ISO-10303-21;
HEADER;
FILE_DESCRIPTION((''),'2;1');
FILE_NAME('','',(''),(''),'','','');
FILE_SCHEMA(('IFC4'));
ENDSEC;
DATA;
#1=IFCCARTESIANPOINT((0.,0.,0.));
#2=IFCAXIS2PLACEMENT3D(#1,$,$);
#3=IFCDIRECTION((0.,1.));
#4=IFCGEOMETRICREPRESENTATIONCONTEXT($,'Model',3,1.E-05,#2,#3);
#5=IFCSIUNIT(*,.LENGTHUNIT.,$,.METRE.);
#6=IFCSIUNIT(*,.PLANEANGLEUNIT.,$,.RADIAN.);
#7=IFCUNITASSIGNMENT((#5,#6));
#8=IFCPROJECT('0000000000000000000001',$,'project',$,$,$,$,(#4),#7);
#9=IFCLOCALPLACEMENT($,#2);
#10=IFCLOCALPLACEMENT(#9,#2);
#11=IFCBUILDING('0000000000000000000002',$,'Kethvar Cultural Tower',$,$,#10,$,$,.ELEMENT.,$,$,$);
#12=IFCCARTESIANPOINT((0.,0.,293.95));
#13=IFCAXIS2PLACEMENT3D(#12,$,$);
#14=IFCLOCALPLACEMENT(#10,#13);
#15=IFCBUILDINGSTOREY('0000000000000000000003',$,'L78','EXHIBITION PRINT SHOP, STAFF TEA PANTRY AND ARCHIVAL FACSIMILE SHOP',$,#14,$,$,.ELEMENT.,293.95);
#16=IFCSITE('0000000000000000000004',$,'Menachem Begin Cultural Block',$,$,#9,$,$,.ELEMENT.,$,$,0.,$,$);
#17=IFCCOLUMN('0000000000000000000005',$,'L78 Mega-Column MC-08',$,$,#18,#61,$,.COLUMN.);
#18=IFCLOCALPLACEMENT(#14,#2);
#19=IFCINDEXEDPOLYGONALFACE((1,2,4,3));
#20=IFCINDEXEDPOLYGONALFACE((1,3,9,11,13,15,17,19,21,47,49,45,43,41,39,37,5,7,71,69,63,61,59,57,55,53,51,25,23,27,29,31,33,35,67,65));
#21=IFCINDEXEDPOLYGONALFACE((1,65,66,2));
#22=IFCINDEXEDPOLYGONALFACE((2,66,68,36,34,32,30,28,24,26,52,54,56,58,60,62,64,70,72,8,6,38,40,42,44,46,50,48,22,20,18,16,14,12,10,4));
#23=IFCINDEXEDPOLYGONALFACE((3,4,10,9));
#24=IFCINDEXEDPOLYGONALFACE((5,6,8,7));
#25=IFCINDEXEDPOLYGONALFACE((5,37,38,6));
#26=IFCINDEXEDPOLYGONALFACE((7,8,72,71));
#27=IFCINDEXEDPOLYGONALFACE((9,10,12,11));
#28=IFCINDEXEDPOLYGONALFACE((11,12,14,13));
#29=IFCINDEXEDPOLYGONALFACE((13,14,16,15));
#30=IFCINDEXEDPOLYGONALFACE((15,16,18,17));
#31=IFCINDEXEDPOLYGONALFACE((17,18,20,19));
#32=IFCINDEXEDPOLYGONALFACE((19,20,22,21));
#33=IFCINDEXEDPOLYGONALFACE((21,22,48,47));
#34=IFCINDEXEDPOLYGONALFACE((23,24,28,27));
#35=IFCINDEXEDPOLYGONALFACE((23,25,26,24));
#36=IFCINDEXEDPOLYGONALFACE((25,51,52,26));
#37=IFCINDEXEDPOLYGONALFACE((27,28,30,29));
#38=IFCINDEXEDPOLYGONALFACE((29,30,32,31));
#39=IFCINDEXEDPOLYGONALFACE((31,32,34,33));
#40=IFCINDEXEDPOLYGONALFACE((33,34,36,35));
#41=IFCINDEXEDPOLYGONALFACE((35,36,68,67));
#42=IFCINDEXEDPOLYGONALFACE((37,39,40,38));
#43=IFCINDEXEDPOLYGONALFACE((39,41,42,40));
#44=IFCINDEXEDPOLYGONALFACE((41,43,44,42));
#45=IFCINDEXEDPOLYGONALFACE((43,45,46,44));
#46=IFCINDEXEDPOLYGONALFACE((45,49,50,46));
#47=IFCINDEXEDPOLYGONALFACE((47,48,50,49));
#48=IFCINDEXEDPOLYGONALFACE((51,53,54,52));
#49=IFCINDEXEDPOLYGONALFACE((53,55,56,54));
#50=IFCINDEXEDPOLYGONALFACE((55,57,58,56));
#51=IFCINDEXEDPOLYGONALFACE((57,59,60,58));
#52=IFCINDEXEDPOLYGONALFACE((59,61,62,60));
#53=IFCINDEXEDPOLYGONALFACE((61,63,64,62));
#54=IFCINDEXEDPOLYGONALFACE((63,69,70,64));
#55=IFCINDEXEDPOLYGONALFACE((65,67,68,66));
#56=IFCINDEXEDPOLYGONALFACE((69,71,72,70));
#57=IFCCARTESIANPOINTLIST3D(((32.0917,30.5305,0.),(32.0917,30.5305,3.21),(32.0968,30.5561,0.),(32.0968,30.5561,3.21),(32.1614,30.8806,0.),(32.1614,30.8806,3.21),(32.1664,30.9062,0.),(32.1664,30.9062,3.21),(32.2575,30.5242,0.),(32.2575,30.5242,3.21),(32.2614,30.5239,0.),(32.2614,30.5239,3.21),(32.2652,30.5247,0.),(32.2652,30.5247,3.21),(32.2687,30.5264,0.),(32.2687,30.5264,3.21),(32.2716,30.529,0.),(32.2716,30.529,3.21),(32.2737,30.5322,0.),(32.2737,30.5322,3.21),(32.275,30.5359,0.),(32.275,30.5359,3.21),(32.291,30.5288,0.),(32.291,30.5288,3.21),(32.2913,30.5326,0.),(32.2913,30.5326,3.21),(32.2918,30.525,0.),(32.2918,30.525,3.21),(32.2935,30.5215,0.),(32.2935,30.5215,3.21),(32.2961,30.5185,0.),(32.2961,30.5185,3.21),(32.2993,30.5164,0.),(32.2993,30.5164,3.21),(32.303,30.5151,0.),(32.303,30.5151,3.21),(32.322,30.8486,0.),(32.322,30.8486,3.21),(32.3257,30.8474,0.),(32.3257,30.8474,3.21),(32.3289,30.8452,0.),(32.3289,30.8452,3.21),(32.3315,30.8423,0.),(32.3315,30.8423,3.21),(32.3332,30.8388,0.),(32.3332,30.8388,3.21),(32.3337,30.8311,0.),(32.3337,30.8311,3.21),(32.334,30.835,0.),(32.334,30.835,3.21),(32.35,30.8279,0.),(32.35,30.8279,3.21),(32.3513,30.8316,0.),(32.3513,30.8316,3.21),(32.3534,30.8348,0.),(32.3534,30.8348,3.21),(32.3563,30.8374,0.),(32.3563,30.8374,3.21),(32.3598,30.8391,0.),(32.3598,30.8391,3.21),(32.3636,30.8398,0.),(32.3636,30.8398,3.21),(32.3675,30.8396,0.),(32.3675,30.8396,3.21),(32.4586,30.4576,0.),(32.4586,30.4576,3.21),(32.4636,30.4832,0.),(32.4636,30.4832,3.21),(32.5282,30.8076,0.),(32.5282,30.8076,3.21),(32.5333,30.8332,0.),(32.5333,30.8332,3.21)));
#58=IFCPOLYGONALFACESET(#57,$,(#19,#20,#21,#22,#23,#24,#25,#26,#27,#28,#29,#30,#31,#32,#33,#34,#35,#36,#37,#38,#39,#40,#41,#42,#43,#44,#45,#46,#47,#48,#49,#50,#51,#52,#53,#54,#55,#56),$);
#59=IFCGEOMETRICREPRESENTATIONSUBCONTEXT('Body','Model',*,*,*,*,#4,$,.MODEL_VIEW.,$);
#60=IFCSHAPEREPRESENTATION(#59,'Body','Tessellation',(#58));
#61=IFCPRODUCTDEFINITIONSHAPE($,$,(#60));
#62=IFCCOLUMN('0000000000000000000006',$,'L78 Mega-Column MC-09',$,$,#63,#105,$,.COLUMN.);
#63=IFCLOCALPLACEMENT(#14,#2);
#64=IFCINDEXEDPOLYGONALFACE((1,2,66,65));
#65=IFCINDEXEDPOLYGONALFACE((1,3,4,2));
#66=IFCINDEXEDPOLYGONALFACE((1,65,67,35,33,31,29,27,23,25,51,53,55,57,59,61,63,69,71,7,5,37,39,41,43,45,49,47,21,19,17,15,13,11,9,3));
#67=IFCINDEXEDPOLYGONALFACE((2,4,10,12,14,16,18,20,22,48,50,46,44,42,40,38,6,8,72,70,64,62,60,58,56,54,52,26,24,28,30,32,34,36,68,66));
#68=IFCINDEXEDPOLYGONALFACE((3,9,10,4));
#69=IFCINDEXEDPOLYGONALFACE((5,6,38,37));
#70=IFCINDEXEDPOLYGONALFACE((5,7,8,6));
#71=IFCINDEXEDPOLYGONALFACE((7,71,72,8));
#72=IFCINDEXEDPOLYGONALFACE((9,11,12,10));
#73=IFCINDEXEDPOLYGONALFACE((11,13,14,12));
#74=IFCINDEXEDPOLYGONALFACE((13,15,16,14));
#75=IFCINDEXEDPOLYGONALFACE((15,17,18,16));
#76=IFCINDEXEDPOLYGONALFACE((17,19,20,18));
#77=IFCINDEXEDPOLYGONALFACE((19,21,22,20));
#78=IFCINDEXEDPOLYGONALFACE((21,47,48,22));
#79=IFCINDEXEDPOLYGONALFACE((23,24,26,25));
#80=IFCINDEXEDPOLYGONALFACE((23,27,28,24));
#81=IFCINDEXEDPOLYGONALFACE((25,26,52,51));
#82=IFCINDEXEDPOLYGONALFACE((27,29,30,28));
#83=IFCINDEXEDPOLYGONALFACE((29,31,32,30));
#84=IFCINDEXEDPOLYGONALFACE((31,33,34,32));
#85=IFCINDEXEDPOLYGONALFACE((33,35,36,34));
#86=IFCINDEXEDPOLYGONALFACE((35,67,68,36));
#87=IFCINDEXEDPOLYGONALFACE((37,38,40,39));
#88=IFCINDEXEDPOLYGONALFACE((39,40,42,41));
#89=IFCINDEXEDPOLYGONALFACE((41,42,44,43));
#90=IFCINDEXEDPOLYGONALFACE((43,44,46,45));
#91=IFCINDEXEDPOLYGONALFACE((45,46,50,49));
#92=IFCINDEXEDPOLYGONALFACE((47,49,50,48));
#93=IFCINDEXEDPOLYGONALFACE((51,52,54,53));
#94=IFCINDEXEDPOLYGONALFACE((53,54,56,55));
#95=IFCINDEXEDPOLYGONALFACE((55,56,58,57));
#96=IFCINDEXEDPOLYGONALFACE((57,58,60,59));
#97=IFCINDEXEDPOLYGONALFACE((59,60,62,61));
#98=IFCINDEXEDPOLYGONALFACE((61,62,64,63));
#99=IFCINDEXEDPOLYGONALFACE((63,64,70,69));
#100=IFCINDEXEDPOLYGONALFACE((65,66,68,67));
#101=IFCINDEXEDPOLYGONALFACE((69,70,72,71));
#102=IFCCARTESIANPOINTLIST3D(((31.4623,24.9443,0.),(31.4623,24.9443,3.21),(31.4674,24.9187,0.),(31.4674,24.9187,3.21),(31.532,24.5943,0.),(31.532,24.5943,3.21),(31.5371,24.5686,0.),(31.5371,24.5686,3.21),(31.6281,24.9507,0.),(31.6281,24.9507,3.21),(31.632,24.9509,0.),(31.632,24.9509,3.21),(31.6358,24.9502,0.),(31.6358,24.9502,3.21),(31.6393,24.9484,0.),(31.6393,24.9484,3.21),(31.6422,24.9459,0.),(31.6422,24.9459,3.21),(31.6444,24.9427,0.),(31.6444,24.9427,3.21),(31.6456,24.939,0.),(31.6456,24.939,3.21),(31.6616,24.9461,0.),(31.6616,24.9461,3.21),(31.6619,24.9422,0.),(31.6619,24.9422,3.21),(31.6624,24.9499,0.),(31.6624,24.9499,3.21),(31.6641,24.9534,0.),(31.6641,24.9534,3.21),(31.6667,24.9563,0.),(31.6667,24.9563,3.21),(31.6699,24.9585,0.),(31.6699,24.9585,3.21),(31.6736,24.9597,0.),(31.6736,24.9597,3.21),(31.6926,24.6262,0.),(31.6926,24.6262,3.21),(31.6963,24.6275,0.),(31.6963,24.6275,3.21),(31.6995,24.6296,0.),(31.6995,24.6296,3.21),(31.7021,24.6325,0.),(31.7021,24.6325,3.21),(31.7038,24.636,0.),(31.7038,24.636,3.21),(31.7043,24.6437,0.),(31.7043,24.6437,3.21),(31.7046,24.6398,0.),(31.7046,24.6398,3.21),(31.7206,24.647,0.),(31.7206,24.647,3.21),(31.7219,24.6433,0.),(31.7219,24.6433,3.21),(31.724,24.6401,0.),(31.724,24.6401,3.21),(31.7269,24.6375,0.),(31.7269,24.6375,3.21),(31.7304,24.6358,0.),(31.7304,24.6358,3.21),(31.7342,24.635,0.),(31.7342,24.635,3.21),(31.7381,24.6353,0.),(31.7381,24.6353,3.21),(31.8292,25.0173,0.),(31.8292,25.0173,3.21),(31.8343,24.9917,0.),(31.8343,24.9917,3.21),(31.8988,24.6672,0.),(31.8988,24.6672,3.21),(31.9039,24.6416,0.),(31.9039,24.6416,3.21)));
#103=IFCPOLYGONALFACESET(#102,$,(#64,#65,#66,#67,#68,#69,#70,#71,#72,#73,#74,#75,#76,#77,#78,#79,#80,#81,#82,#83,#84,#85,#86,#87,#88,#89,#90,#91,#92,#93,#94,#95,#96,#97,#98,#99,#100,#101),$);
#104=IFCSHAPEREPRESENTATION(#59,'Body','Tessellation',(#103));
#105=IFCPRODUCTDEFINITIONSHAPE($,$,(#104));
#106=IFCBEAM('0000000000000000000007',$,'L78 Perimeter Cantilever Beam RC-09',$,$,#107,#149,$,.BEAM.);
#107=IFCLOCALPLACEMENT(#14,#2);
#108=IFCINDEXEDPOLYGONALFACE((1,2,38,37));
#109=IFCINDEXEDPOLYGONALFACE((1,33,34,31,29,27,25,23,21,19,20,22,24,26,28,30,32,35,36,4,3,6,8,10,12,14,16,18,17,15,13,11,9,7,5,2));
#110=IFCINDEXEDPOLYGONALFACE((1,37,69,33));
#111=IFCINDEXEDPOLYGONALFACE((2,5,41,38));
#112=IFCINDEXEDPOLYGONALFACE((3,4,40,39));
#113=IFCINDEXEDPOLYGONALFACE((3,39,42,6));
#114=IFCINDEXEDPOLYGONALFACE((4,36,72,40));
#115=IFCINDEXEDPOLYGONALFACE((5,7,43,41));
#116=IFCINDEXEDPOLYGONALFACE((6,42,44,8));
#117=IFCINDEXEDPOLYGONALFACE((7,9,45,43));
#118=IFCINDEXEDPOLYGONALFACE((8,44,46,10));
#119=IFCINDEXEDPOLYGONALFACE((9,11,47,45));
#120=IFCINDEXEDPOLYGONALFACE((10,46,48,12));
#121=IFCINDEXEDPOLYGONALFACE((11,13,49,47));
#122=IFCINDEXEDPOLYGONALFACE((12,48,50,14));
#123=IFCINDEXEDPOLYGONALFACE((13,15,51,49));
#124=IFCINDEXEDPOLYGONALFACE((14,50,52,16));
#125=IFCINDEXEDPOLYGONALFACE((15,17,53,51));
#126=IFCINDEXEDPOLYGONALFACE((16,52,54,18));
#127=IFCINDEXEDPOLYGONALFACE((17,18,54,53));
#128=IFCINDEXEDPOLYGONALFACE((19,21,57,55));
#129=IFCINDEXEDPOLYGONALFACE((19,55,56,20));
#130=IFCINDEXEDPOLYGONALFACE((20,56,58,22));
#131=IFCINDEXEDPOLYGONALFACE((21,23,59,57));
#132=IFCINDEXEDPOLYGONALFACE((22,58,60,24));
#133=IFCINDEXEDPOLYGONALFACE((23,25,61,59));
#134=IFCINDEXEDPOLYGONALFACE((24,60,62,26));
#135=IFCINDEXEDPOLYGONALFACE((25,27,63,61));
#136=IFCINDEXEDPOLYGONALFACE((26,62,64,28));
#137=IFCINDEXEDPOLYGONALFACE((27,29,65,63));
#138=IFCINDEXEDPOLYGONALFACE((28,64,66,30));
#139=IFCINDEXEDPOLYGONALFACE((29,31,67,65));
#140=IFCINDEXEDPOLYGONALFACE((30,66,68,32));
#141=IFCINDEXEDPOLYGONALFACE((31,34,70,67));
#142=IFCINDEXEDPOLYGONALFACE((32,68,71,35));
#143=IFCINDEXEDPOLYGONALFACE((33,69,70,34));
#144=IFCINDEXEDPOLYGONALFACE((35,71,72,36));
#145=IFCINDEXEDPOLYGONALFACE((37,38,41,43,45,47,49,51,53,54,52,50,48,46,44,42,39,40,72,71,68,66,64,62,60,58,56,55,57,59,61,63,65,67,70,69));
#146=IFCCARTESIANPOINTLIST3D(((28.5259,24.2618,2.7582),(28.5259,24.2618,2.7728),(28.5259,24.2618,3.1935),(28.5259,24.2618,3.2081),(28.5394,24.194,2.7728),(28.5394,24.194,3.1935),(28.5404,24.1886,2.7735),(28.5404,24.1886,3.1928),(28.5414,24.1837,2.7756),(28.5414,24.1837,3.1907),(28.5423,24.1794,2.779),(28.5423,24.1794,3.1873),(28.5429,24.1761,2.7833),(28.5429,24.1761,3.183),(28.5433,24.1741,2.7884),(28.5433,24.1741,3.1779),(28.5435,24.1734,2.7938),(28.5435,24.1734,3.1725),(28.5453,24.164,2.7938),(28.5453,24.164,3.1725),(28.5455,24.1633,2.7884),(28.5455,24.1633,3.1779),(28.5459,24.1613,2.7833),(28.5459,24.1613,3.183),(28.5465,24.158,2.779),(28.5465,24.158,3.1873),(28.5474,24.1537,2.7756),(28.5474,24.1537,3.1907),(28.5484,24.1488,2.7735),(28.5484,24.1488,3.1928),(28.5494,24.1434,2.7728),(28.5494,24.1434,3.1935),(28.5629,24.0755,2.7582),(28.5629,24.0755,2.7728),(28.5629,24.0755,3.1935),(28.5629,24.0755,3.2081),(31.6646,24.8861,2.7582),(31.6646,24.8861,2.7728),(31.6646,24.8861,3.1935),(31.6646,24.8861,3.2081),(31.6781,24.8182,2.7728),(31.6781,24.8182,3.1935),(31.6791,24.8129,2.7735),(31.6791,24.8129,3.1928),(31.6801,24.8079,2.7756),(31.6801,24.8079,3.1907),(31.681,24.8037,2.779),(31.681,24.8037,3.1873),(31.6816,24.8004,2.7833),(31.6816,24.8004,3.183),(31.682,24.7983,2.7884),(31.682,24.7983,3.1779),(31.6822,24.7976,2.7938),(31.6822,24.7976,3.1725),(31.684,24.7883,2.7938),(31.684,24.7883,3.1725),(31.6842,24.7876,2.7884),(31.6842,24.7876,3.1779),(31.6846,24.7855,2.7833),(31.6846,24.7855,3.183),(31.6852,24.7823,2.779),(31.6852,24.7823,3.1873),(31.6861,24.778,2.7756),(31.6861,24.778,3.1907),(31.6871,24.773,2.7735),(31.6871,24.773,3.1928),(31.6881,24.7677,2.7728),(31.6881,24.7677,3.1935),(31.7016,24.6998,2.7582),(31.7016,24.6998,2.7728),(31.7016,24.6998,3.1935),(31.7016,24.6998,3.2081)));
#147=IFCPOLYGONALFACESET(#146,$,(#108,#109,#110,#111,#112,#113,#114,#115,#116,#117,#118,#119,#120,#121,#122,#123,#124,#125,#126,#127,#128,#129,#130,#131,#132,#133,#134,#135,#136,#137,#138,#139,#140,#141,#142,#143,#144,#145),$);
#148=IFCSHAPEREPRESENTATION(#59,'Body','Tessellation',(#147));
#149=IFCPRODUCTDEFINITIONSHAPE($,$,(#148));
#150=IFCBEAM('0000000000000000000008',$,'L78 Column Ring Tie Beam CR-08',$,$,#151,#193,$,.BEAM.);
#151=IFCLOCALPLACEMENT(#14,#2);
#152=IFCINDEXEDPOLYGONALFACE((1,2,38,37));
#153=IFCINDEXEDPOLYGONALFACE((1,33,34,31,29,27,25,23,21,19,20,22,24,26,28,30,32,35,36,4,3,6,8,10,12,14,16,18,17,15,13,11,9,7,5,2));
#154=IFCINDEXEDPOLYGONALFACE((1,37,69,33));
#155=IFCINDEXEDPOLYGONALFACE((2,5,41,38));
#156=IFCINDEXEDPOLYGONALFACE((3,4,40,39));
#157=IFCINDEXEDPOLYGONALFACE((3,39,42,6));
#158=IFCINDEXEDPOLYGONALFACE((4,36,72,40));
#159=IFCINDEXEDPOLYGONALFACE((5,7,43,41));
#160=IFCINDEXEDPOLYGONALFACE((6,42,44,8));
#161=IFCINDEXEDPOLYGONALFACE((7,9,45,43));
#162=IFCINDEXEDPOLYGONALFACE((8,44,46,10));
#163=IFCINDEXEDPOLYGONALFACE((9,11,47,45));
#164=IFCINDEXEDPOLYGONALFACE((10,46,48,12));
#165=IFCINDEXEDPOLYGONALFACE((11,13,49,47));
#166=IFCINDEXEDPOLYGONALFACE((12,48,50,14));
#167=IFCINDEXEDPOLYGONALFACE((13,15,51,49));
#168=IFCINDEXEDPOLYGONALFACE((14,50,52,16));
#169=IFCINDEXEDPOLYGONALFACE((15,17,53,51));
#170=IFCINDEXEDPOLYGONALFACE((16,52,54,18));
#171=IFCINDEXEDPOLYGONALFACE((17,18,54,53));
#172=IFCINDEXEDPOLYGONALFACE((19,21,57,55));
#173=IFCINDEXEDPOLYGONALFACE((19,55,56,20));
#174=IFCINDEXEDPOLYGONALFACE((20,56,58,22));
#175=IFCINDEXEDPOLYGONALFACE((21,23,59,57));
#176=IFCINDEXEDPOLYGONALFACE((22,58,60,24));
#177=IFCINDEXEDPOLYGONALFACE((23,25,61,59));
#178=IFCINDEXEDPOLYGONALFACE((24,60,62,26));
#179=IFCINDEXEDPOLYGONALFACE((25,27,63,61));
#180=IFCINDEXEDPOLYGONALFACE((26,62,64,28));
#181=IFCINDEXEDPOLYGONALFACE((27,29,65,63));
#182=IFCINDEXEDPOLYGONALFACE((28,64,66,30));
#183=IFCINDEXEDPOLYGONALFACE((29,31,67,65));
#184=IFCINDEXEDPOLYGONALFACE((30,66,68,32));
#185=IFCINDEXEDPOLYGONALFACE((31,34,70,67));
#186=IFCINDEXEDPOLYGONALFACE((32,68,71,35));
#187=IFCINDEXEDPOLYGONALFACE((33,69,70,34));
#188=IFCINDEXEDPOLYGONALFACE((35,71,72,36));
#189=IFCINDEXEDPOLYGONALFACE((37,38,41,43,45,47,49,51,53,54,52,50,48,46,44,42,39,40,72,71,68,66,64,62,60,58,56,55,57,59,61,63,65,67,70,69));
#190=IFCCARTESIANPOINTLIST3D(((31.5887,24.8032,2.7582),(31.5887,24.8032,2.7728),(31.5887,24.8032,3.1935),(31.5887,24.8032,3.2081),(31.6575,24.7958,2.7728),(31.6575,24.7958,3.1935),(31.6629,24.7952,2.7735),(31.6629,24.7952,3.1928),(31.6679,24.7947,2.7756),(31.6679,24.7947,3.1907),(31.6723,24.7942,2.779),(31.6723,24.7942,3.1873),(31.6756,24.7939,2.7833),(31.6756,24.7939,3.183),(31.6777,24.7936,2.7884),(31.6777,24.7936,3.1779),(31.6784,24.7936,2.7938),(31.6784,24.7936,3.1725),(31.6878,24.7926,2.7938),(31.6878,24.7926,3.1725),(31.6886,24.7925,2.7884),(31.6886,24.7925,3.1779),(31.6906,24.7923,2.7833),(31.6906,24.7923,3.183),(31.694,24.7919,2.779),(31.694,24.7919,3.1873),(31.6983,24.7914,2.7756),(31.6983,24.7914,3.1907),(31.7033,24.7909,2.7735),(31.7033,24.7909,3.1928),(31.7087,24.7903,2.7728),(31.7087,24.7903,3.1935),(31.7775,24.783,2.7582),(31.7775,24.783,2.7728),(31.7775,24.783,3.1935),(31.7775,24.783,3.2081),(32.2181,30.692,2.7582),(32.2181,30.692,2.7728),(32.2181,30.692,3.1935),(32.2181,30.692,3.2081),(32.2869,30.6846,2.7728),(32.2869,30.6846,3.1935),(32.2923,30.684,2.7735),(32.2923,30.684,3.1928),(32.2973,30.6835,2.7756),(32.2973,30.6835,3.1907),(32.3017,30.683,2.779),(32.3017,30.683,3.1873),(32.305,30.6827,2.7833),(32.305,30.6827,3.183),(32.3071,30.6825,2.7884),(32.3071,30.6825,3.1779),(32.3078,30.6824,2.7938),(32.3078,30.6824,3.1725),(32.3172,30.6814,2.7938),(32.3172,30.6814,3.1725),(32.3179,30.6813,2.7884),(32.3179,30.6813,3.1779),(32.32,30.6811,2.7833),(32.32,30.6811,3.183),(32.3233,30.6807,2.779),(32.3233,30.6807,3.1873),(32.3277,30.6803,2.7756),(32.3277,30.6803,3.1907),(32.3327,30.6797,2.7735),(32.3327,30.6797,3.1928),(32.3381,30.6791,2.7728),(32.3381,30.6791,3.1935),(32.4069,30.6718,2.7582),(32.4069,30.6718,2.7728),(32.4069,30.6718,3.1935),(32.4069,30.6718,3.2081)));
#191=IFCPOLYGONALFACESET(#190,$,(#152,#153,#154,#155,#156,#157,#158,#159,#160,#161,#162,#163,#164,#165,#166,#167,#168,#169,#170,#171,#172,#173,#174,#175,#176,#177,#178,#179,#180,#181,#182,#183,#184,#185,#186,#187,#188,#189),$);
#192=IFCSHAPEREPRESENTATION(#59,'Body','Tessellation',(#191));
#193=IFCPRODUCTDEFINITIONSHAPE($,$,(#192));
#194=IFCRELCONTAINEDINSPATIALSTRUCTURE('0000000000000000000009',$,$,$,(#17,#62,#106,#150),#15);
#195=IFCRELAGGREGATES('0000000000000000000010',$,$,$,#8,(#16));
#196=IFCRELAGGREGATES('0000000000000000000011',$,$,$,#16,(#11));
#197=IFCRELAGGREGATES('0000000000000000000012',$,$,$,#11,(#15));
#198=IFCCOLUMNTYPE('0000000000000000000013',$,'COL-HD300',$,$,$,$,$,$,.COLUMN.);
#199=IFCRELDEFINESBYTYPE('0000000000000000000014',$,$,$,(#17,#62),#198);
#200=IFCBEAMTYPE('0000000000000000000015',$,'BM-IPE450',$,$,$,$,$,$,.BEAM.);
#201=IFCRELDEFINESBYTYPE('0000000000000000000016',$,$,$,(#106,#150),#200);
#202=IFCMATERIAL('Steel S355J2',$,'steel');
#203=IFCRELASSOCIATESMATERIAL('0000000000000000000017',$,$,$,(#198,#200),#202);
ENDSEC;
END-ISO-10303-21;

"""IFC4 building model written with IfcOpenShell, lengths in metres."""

from ifc_helpers import new_model, si_unit, direction, frame, origin, origin_2d, place, context, subcontext, project, spatial, i_section, extrude, source, transform, mapped, material, material_profile, profile_set, type_object, element, save


model = new_model("IFC4")

# Units and contexts
model_context = context("Model", 3, precision=1e-05, world=origin(), true_north=direction((0.0, 1.0)))
body_context = subcontext(model_context, "Body", "Model", "MODEL_VIEW")
ifc_project = project(units=[si_unit("LENGTHUNIT", "METRE"), si_unit("PLANEANGLEUNIT", "RADIAN")], contexts=[model_context])

# Site, building, storey
site_placement = place(None, origin())
site = spatial("IfcSite", under=ifc_project, at=site_placement, Name="Menachem Begin Cultural Block", CompositionType="ELEMENT", RefElevation=0.0)
building_placement = place(site_placement, origin())
building = spatial("IfcBuilding", under=site, at=building_placement, Name="Kethvar Cultural Tower", CompositionType="ELEMENT")
storey_placement = place(building_placement, frame((0.0, 0.0, 293.95)))
storey = spatial("IfcBuildingStorey", under=building, at=storey_placement, Name="L78", Description="EXHIBITION PRINT SHOP, STAFF TEA PANTRY AND ARCHIVAL FACSIMILE SHOP", CompositionType="ELEMENT", Elevation=293.95)

# Columns
ifc_material_1 = material(Name="Steel S355J2", Category="steel")
ifc_material_profile_1 = material_profile(ifc_material_1, i_section(OverallWidth=0.374, OverallDepth=0.3831, WebThickness=0.0166, FlangeThickness=0.0261, FilletRadius=0.0149, at=origin_2d()), Name="Steel S355J2 — HD360x300")
ifc_profile_set_1 = profile_set([ifc_material_profile_1], Name="Steel S355J2 — HD360x300")
column_type = type_object("IfcColumnType", Name="COL-HD300", PredefinedType="COLUMN", material=ifc_profile_set_1)
shared_shape_1 = source(origin(), body_context, "Body", "SweptSolid", [
    extrude(i_section(OverallWidth=0.374, OverallDepth=0.3831, WebThickness=0.0166, FlangeThickness=0.0261, FilletRadius=0.0149, at=origin_2d()), origin(), (0.0, 0.0, 1.0), 3.21),
])
for number, where, z_axis, x_axis, name in (
    (1, (32.3125, 30.6819, 0.0), (0.0, 0.0, 1.0), (-0.980785, 0.19509, 0.0), "L78 Mega-Column MC-08"),
    (2, (31.6831, 24.793, 0.0), (0.0, 0.0, 1.0), (-0.980785, -0.19509, 0.0), "L78 Mega-Column MC-09"),
):
    element("IfcColumn", number, at=place(storey_placement, frame(where, z_axis=z_axis, x_axis=x_axis)), inside=storey, type_object=column_type, Name=name, PredefinedType="COLUMN", context=body_context, shape_type="MappedRepresentation", body=[
        mapped(shared_shape_1, transform((0.0, 0.0, 0.0), scale=1.0)),
    ])

# Beams
ifc_material_profile_2 = material_profile(ifc_material_1, i_section(OverallWidth=0.1899, OverallDepth=0.45, WebThickness=0.0095, FlangeThickness=0.0146, FilletRadius=0.021, at=origin_2d()), Name="Steel S355J2 — IPE450")
ifc_profile_set_2 = profile_set([ifc_material_profile_2], Name="Steel S355J2 — IPE450")
beam_type_1 = type_object("IfcBeamType", Name="BM-IPE450", PredefinedType="BEAM", material=ifc_profile_set_2)
shared_shape_2 = source(origin(), body_context, "Body", "SweptSolid", [
    extrude(i_section(OverallWidth=0.1899, OverallDepth=0.45, WebThickness=0.0095, FlangeThickness=0.0146, FilletRadius=0.021, at=origin_2d()), origin(), (0.0, 0.0, 1.0), 3.2002),
])
beam_1_placement = place(storey_placement, frame((31.6831, 24.793, 2.9832), z_axis=(-0.980788, -0.195074, 0.0), x_axis=(0.195074, -0.980788, 0.0)))
element("IfcBeam", 3, at=beam_1_placement, inside=storey, type_object=beam_type_1, Name="L78 Perimeter Cantilever Beam RC-09", PredefinedType="BEAM", context=body_context, shape_type="MappedRepresentation", body=[
    mapped(shared_shape_2, transform((0.0, 0.0, 0.0), scale=1.0)),
])
shared_shape_3 = source(origin(), body_context, "Body", "SweptSolid", [
    extrude(i_section(OverallWidth=0.1899, OverallDepth=0.45, WebThickness=0.0095, FlangeThickness=0.0146, FilletRadius=0.021, at=origin_2d()), origin(), (0.0, 0.0, 1.0), 5.9224),
])
beam_2_placement = place(storey_placement, frame((32.3125, 30.6819, 2.9832), z_axis=(-0.106273, -0.994337, 0.0), x_axis=(0.994337, -0.106273, 0.0)))
element("IfcBeam", 4, at=beam_2_placement, inside=storey, type_object=beam_type_1, Name="L78 Column Ring Tie Beam CR-08", PredefinedType="BEAM", context=body_context, shape_type="MappedRepresentation", body=[
    mapped(shared_shape_3, transform((0.0, 0.0, 0.0), scale=1.0)),
])

save(model, "model.ifc")
